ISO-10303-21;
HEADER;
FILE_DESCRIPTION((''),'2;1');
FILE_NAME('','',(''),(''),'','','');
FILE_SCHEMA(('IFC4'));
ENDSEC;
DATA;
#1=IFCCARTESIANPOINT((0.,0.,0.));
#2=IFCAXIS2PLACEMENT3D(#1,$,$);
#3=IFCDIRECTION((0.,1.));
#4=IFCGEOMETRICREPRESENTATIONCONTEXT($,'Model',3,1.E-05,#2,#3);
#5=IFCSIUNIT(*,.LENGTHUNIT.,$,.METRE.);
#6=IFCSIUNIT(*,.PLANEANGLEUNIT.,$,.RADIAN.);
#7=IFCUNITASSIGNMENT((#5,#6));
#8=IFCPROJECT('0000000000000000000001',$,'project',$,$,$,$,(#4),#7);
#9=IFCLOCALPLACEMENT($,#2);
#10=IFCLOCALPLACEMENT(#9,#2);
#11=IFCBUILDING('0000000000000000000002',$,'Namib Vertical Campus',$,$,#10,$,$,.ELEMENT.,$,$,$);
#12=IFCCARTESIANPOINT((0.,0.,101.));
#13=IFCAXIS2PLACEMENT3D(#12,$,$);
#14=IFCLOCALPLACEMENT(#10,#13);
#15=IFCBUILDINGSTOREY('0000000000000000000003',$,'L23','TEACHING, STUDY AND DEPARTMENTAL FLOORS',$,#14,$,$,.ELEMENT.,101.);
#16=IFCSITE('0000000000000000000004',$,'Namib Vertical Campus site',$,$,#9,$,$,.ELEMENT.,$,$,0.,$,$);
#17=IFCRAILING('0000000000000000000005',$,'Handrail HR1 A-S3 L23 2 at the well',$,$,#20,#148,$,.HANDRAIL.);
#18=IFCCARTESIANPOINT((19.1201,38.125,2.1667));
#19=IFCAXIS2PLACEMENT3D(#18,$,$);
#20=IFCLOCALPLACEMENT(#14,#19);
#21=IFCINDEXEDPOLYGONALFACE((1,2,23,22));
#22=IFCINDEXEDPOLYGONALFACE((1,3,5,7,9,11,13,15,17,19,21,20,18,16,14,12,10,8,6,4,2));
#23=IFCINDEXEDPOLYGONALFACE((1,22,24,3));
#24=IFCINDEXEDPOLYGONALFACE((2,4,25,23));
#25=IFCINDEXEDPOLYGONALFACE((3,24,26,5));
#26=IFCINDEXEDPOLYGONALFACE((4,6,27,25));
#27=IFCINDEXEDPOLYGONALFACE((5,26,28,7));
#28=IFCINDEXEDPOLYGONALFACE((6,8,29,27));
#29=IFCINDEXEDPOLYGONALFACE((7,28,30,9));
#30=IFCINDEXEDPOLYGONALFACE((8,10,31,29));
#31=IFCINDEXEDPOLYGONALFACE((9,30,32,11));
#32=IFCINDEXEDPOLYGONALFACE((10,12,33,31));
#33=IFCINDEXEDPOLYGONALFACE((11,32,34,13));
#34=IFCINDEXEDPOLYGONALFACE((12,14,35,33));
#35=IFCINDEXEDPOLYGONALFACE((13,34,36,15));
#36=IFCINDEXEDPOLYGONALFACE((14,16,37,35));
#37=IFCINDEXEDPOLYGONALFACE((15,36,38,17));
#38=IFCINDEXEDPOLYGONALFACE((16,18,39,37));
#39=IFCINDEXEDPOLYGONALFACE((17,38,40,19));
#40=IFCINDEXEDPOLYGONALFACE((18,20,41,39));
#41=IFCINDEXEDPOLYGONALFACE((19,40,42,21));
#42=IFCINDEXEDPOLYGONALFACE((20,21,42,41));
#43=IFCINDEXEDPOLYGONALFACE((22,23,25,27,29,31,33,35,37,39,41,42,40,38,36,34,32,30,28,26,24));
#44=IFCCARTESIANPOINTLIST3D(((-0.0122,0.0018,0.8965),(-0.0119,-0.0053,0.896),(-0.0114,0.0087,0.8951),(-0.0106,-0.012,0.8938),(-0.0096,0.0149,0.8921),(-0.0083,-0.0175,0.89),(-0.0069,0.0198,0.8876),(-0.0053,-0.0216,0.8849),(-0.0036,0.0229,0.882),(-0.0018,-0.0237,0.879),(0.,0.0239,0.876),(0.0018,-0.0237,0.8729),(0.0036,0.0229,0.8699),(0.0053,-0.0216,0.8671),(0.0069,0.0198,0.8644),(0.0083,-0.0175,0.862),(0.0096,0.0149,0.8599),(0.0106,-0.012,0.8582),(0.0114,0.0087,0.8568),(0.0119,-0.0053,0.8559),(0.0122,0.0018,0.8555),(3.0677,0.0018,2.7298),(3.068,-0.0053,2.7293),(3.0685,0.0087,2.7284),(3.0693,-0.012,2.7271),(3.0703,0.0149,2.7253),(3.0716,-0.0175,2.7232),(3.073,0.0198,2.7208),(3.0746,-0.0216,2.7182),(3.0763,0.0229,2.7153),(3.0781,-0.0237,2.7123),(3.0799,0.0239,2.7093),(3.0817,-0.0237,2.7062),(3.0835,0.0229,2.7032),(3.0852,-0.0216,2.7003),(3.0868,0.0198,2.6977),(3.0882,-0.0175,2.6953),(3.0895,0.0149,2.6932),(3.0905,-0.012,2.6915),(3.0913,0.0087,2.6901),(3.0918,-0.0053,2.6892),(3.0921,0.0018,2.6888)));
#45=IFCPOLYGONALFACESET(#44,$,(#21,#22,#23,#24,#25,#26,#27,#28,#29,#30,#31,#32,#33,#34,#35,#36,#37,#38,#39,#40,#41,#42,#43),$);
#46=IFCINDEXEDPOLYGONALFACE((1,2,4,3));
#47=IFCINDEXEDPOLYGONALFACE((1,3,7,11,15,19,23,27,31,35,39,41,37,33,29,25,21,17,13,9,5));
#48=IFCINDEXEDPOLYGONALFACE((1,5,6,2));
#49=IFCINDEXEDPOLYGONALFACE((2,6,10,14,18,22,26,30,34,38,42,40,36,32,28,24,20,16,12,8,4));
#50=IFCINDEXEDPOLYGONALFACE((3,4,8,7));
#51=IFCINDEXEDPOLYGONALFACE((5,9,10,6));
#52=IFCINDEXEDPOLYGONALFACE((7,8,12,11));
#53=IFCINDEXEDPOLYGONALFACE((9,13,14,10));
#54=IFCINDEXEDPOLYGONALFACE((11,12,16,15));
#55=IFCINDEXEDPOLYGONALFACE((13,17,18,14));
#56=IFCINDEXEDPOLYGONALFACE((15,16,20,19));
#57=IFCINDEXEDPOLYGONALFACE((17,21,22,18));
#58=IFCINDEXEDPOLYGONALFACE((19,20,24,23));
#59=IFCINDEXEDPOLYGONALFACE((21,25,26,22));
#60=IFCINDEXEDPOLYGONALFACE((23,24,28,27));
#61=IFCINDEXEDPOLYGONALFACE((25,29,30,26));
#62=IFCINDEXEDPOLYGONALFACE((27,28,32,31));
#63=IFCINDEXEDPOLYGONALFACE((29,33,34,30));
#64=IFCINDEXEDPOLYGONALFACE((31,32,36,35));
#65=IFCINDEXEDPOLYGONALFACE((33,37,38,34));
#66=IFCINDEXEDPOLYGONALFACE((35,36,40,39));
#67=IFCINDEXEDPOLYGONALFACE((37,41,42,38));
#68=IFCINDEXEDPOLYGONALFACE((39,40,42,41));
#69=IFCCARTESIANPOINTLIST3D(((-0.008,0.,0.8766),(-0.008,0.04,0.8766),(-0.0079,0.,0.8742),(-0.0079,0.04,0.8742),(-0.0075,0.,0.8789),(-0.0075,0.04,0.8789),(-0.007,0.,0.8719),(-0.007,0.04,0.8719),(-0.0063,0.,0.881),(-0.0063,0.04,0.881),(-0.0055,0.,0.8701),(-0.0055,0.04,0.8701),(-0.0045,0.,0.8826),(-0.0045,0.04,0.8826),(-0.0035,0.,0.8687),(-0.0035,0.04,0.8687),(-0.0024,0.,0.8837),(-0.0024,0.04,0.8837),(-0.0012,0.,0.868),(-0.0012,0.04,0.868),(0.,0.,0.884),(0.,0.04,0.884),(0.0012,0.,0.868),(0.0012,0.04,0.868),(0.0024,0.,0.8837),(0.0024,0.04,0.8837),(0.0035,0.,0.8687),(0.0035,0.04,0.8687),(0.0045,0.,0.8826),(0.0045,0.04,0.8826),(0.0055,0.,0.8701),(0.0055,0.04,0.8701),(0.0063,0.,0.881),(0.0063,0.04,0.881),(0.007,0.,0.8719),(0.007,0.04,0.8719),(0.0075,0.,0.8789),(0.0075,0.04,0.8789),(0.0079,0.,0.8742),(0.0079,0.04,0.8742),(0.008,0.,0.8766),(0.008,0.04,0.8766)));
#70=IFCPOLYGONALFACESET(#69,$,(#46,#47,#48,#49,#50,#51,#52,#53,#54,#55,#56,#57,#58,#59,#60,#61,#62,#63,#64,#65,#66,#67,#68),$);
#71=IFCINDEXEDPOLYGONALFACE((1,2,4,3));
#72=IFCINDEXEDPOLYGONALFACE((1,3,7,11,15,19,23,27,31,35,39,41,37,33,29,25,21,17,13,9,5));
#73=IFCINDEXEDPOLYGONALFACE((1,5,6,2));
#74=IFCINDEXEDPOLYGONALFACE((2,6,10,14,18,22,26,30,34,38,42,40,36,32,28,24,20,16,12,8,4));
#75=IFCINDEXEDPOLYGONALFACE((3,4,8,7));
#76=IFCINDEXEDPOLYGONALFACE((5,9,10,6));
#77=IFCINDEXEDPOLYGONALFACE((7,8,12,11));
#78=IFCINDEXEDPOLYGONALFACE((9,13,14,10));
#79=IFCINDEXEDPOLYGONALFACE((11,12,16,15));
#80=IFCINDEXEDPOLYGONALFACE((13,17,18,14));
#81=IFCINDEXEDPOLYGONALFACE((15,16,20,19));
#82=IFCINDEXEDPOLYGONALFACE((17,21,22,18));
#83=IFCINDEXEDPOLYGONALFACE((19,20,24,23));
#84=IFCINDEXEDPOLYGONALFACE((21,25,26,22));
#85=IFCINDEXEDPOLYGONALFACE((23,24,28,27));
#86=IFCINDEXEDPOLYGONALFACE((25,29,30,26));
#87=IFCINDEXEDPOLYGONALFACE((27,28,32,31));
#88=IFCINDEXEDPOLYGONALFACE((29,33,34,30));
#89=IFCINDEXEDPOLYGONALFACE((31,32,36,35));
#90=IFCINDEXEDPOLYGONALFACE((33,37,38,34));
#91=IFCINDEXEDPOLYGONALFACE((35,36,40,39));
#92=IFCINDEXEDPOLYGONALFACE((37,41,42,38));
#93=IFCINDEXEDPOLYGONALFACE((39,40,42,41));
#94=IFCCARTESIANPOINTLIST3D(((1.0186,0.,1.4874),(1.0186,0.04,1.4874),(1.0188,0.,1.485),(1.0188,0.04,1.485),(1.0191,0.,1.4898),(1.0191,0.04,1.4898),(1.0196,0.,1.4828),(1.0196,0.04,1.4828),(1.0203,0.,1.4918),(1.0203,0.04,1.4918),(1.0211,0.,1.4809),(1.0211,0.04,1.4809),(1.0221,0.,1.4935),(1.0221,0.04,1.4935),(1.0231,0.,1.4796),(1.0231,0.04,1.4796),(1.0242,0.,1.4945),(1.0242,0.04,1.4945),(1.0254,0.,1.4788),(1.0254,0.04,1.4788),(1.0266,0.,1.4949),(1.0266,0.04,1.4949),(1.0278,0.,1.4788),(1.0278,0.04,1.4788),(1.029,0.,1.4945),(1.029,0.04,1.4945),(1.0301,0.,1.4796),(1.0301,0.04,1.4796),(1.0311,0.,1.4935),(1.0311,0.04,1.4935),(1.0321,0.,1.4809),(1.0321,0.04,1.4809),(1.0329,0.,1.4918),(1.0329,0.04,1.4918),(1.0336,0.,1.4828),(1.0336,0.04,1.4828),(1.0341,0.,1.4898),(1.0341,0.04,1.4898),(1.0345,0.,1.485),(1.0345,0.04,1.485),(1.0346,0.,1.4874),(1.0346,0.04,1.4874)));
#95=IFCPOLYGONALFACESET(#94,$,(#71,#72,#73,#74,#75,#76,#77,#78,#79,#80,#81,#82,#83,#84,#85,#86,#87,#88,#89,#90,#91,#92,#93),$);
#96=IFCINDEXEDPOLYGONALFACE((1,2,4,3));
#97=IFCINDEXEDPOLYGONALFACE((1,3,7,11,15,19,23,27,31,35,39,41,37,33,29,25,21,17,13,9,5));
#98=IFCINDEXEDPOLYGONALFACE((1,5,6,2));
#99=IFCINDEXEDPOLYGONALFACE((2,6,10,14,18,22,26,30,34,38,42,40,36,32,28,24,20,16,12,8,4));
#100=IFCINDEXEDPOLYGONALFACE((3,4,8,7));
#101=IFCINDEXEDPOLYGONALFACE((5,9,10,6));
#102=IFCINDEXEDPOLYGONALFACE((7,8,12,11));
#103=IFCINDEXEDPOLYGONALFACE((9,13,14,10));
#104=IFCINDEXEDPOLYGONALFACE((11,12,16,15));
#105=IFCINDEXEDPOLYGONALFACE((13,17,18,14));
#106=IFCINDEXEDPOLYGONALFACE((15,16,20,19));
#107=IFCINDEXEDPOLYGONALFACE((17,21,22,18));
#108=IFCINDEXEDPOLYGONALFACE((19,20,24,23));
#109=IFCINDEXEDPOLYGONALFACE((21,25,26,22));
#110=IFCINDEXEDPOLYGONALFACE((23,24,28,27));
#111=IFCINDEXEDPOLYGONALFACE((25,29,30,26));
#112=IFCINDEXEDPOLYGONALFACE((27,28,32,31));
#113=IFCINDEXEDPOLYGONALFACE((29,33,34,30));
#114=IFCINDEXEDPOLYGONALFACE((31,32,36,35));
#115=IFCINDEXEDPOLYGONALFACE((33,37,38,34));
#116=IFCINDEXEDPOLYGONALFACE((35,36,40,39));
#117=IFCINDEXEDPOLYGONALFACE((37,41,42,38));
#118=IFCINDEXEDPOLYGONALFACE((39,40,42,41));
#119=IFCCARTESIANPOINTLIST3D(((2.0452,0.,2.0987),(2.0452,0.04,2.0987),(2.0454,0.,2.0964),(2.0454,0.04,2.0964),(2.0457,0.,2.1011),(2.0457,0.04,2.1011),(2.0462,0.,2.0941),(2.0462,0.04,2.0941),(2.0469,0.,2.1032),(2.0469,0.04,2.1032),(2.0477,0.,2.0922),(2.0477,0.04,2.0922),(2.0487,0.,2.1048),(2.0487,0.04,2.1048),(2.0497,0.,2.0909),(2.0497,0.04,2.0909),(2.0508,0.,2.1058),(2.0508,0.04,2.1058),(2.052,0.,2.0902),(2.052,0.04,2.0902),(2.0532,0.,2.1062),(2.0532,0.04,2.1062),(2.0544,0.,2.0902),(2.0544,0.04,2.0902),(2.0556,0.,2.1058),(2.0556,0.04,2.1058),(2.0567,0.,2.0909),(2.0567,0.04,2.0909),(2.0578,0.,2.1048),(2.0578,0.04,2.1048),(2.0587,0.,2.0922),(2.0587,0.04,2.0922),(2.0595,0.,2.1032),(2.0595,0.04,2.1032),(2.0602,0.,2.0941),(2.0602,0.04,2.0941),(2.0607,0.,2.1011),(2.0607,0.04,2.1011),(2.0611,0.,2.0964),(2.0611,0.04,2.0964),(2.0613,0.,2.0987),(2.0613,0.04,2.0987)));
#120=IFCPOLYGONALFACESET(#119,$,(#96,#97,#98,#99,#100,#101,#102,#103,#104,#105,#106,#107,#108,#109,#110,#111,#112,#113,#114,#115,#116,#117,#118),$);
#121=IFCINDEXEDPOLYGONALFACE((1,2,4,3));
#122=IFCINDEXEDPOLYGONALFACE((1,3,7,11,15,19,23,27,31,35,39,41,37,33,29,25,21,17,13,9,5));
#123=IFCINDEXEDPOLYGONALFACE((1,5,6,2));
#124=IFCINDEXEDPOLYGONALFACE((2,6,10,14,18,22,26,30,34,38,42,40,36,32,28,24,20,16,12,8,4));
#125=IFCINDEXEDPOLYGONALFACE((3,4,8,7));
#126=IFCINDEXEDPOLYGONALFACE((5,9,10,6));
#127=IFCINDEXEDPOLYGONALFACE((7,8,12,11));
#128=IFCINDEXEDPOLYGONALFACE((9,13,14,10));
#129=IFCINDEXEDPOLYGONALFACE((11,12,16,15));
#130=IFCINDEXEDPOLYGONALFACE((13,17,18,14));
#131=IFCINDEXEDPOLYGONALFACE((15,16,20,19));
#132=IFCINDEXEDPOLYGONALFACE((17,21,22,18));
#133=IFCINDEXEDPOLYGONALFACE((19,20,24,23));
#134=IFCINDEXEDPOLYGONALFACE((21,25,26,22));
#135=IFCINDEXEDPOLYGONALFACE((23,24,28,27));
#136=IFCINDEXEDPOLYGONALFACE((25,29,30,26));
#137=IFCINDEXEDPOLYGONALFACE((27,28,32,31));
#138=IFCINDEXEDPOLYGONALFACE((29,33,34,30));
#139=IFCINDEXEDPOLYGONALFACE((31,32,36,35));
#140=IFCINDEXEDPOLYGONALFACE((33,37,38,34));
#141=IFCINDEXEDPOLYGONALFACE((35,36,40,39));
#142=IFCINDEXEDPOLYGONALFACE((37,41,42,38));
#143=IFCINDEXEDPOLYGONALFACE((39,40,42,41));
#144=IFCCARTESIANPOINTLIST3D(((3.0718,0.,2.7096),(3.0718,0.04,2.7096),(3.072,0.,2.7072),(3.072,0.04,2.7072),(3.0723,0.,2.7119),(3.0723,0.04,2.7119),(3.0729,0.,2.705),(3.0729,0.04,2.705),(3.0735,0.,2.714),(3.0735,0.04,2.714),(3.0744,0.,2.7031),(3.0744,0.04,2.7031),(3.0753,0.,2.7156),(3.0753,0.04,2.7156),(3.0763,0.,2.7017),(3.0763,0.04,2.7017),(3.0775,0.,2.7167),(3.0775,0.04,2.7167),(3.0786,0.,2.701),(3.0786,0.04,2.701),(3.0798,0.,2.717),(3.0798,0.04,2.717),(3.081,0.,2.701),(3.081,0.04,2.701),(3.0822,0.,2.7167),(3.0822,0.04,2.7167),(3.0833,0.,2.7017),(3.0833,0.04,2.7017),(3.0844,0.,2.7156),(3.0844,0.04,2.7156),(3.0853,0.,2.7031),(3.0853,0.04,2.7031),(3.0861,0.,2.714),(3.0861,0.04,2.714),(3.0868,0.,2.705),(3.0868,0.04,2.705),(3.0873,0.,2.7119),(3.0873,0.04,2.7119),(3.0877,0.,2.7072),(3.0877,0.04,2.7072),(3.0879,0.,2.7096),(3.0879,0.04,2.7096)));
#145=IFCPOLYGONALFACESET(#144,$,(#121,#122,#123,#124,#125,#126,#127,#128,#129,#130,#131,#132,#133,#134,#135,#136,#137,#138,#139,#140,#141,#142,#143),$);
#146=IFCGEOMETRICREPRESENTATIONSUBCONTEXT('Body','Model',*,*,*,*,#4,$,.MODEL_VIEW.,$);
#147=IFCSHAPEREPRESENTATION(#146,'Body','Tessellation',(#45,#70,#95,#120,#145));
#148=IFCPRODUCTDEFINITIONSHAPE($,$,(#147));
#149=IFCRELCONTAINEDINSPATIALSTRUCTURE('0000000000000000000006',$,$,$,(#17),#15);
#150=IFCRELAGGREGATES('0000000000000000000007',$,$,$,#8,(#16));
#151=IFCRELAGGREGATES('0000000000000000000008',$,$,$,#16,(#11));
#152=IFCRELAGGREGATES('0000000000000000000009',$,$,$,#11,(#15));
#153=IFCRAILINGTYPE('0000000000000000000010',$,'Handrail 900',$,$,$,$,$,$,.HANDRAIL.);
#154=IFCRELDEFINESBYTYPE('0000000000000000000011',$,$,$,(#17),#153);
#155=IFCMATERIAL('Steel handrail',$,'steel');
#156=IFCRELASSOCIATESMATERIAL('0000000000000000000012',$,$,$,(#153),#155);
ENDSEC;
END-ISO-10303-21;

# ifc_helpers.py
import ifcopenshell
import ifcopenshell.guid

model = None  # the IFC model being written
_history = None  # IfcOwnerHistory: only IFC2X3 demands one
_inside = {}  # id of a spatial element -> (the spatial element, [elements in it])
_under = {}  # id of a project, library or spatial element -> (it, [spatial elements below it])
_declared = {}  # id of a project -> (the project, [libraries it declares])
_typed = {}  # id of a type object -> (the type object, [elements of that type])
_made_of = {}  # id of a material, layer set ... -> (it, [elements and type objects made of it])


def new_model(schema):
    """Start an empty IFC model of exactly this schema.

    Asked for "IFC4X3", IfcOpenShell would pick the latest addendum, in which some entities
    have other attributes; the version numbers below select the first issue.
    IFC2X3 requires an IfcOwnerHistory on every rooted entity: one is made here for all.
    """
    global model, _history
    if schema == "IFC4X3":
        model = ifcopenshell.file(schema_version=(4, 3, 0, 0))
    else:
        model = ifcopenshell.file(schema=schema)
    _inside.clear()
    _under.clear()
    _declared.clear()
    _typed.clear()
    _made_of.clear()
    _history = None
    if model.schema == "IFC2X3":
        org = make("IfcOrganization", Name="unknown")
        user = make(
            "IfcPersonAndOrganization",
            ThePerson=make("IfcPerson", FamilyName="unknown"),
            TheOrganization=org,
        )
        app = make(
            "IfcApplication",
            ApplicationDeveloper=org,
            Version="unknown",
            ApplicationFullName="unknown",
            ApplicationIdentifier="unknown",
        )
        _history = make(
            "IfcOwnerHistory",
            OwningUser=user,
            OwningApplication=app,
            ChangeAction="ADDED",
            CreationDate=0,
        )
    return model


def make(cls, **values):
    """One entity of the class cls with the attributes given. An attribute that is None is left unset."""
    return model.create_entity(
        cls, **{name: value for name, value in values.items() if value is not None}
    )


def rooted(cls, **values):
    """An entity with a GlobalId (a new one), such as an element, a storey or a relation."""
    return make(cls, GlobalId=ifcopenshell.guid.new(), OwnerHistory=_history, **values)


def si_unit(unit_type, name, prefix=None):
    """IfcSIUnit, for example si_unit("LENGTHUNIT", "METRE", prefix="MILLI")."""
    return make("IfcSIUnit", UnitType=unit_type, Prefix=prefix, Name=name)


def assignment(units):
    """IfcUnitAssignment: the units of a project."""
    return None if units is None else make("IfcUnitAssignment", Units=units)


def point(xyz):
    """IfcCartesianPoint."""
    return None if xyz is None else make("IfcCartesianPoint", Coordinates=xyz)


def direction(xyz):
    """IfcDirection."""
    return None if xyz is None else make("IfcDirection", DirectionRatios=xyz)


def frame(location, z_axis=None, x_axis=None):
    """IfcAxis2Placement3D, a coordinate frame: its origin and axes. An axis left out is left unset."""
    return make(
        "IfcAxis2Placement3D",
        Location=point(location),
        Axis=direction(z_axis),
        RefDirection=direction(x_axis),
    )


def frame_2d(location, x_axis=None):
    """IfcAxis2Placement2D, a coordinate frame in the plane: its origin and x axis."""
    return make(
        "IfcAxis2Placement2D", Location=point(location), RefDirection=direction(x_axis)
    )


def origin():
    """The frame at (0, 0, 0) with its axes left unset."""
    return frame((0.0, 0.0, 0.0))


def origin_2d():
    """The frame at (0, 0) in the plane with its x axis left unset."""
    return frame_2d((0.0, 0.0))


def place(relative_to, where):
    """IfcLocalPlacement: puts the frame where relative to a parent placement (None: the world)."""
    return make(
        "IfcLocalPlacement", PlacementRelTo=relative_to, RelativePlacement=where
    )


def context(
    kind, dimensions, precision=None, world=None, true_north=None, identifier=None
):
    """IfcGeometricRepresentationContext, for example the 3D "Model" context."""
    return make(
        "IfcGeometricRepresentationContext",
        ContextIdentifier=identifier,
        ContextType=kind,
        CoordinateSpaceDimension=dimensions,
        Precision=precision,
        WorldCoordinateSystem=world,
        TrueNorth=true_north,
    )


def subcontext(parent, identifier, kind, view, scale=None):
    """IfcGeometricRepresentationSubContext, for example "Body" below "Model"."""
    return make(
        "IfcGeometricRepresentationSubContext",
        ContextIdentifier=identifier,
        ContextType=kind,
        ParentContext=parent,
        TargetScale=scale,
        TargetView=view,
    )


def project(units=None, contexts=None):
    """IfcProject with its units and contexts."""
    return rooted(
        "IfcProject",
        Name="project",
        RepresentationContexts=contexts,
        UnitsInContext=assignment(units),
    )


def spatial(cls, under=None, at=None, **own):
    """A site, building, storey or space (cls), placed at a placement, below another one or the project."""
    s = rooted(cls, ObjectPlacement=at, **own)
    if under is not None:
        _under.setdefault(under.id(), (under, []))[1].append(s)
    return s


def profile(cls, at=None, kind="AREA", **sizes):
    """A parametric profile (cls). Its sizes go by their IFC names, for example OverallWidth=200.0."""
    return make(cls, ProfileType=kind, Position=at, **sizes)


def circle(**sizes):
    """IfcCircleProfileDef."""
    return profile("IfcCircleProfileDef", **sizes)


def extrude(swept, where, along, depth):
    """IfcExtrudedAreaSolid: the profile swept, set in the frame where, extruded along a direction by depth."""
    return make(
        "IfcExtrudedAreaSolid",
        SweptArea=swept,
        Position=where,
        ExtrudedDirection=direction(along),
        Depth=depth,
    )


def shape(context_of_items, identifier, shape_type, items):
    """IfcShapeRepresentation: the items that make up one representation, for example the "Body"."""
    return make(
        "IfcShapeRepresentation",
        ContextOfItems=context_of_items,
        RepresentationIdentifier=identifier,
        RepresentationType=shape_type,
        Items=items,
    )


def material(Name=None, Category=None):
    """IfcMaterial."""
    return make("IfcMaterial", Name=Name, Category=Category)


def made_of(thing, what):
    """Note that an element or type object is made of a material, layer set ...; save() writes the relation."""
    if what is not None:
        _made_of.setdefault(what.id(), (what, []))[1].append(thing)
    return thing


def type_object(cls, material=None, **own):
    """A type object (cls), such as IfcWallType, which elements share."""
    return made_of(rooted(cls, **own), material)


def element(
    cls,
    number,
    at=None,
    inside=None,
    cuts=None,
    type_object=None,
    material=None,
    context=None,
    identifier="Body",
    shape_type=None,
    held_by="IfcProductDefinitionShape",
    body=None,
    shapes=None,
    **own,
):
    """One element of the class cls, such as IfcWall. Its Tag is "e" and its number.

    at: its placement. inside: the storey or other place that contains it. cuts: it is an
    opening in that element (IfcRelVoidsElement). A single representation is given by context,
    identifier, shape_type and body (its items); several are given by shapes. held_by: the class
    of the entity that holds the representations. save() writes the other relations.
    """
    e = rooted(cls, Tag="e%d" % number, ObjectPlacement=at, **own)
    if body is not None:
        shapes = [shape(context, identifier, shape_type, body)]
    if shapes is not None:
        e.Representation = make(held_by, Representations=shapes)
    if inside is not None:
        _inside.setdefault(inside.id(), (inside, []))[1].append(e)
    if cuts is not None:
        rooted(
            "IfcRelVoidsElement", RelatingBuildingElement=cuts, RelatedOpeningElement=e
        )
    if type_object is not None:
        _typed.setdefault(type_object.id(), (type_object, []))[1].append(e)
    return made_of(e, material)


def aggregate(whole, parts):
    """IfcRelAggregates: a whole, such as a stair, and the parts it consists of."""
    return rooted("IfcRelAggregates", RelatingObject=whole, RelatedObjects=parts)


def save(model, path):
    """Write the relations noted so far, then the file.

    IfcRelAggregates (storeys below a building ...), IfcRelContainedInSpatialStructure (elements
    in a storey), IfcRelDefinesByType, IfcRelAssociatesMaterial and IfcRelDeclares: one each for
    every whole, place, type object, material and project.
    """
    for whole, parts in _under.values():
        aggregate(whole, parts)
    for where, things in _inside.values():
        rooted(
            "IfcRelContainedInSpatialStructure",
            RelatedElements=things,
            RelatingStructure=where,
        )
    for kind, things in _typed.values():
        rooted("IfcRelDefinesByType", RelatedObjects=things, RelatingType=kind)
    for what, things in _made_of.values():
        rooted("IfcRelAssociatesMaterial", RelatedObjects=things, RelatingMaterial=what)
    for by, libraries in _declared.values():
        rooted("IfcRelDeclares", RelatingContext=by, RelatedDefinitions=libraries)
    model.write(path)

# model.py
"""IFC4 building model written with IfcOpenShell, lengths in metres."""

from ifc_helpers import new_model, si_unit, direction, frame, origin, origin_2d, place, context, subcontext, project, spatial, circle, extrude, material, type_object, element, save


model = new_model("IFC4")

# Units and contexts
model_context = context("Model", 3, precision=1e-05, world=origin(), true_north=direction((0.0, 1.0)))
body_context = subcontext(model_context, "Body", "Model", "MODEL_VIEW")
ifc_project = project(units=[si_unit("LENGTHUNIT", "METRE"), si_unit("PLANEANGLEUNIT", "RADIAN")], contexts=[model_context])

# Site, building, storey
site_placement = place(None, origin())
site = spatial("IfcSite", under=ifc_project, at=site_placement, Name="Namib Vertical Campus site", CompositionType="ELEMENT", RefElevation=0.0)
building_placement = place(site_placement, origin())
building = spatial("IfcBuilding", under=site, at=building_placement, Name="Namib Vertical Campus", CompositionType="ELEMENT")
storey_placement = place(building_placement, frame((0.0, 0.0, 101.0)))
storey = spatial("IfcBuildingStorey", under=building, at=storey_placement, Name="L23", Description="TEACHING, STUDY AND DEPARTMENTAL FLOORS", CompositionType="ELEMENT", Elevation=101.0)

# Railing
ifc_material_1 = material(Name="Steel handrail", Category="steel")
railing_type_1 = type_object("IfcRailingType", Name="Handrail 900", PredefinedType="HANDRAIL", material=ifc_material_1)
railing_1_placement = place(storey_placement, frame((19.1201, 38.125, 2.1667)))
element("IfcRailing", 1, at=railing_1_placement, inside=storey, type_object=railing_type_1, Name="Handrail HR1 A-S3 L23 2 at the well", PredefinedType="HANDRAIL", context=body_context, shape_type="SweptSolid", body=[
    extrude(circle(Radius=0.0239, at=origin_2d()), frame((0.0, 0.0, 0.876), z_axis=(0.859291, 0.0, 0.511487), x_axis=(0.0, 1.0, 0.0)), (0.0, 0.0, 1.0), 3.5842),
    extrude(circle(Radius=0.0081, at=origin_2d()), frame((0.0, 0.0, 0.876), z_axis=(0.0, 1.0, 0.0), x_axis=(0.0, 0.0, 1.0)), (0.0, 0.0, 1.0), 0.04),
    extrude(circle(Radius=0.0081, at=origin_2d()), frame((1.0266, 0.0, 1.4868), z_axis=(0.0, 1.0, 0.0), x_axis=(0.0, 0.0, 1.0)), (0.0, 0.0, 1.0), 0.04),
    extrude(circle(Radius=0.0081, at=origin_2d()), frame((2.0532, 0.0, 2.0981), z_axis=(0.0, 1.0, 0.0), x_axis=(0.0, 0.0, 1.0)), (0.0, 0.0, 1.0), 0.04),
    extrude(circle(Radius=0.0081, at=origin_2d()), frame((3.0798, 0.0, 2.709), z_axis=(0.0, 1.0, 0.0), x_axis=(0.0, 0.0, 1.0)), (0.0, 0.0, 1.0), 0.04),
])

save(model, "model.ifc")
